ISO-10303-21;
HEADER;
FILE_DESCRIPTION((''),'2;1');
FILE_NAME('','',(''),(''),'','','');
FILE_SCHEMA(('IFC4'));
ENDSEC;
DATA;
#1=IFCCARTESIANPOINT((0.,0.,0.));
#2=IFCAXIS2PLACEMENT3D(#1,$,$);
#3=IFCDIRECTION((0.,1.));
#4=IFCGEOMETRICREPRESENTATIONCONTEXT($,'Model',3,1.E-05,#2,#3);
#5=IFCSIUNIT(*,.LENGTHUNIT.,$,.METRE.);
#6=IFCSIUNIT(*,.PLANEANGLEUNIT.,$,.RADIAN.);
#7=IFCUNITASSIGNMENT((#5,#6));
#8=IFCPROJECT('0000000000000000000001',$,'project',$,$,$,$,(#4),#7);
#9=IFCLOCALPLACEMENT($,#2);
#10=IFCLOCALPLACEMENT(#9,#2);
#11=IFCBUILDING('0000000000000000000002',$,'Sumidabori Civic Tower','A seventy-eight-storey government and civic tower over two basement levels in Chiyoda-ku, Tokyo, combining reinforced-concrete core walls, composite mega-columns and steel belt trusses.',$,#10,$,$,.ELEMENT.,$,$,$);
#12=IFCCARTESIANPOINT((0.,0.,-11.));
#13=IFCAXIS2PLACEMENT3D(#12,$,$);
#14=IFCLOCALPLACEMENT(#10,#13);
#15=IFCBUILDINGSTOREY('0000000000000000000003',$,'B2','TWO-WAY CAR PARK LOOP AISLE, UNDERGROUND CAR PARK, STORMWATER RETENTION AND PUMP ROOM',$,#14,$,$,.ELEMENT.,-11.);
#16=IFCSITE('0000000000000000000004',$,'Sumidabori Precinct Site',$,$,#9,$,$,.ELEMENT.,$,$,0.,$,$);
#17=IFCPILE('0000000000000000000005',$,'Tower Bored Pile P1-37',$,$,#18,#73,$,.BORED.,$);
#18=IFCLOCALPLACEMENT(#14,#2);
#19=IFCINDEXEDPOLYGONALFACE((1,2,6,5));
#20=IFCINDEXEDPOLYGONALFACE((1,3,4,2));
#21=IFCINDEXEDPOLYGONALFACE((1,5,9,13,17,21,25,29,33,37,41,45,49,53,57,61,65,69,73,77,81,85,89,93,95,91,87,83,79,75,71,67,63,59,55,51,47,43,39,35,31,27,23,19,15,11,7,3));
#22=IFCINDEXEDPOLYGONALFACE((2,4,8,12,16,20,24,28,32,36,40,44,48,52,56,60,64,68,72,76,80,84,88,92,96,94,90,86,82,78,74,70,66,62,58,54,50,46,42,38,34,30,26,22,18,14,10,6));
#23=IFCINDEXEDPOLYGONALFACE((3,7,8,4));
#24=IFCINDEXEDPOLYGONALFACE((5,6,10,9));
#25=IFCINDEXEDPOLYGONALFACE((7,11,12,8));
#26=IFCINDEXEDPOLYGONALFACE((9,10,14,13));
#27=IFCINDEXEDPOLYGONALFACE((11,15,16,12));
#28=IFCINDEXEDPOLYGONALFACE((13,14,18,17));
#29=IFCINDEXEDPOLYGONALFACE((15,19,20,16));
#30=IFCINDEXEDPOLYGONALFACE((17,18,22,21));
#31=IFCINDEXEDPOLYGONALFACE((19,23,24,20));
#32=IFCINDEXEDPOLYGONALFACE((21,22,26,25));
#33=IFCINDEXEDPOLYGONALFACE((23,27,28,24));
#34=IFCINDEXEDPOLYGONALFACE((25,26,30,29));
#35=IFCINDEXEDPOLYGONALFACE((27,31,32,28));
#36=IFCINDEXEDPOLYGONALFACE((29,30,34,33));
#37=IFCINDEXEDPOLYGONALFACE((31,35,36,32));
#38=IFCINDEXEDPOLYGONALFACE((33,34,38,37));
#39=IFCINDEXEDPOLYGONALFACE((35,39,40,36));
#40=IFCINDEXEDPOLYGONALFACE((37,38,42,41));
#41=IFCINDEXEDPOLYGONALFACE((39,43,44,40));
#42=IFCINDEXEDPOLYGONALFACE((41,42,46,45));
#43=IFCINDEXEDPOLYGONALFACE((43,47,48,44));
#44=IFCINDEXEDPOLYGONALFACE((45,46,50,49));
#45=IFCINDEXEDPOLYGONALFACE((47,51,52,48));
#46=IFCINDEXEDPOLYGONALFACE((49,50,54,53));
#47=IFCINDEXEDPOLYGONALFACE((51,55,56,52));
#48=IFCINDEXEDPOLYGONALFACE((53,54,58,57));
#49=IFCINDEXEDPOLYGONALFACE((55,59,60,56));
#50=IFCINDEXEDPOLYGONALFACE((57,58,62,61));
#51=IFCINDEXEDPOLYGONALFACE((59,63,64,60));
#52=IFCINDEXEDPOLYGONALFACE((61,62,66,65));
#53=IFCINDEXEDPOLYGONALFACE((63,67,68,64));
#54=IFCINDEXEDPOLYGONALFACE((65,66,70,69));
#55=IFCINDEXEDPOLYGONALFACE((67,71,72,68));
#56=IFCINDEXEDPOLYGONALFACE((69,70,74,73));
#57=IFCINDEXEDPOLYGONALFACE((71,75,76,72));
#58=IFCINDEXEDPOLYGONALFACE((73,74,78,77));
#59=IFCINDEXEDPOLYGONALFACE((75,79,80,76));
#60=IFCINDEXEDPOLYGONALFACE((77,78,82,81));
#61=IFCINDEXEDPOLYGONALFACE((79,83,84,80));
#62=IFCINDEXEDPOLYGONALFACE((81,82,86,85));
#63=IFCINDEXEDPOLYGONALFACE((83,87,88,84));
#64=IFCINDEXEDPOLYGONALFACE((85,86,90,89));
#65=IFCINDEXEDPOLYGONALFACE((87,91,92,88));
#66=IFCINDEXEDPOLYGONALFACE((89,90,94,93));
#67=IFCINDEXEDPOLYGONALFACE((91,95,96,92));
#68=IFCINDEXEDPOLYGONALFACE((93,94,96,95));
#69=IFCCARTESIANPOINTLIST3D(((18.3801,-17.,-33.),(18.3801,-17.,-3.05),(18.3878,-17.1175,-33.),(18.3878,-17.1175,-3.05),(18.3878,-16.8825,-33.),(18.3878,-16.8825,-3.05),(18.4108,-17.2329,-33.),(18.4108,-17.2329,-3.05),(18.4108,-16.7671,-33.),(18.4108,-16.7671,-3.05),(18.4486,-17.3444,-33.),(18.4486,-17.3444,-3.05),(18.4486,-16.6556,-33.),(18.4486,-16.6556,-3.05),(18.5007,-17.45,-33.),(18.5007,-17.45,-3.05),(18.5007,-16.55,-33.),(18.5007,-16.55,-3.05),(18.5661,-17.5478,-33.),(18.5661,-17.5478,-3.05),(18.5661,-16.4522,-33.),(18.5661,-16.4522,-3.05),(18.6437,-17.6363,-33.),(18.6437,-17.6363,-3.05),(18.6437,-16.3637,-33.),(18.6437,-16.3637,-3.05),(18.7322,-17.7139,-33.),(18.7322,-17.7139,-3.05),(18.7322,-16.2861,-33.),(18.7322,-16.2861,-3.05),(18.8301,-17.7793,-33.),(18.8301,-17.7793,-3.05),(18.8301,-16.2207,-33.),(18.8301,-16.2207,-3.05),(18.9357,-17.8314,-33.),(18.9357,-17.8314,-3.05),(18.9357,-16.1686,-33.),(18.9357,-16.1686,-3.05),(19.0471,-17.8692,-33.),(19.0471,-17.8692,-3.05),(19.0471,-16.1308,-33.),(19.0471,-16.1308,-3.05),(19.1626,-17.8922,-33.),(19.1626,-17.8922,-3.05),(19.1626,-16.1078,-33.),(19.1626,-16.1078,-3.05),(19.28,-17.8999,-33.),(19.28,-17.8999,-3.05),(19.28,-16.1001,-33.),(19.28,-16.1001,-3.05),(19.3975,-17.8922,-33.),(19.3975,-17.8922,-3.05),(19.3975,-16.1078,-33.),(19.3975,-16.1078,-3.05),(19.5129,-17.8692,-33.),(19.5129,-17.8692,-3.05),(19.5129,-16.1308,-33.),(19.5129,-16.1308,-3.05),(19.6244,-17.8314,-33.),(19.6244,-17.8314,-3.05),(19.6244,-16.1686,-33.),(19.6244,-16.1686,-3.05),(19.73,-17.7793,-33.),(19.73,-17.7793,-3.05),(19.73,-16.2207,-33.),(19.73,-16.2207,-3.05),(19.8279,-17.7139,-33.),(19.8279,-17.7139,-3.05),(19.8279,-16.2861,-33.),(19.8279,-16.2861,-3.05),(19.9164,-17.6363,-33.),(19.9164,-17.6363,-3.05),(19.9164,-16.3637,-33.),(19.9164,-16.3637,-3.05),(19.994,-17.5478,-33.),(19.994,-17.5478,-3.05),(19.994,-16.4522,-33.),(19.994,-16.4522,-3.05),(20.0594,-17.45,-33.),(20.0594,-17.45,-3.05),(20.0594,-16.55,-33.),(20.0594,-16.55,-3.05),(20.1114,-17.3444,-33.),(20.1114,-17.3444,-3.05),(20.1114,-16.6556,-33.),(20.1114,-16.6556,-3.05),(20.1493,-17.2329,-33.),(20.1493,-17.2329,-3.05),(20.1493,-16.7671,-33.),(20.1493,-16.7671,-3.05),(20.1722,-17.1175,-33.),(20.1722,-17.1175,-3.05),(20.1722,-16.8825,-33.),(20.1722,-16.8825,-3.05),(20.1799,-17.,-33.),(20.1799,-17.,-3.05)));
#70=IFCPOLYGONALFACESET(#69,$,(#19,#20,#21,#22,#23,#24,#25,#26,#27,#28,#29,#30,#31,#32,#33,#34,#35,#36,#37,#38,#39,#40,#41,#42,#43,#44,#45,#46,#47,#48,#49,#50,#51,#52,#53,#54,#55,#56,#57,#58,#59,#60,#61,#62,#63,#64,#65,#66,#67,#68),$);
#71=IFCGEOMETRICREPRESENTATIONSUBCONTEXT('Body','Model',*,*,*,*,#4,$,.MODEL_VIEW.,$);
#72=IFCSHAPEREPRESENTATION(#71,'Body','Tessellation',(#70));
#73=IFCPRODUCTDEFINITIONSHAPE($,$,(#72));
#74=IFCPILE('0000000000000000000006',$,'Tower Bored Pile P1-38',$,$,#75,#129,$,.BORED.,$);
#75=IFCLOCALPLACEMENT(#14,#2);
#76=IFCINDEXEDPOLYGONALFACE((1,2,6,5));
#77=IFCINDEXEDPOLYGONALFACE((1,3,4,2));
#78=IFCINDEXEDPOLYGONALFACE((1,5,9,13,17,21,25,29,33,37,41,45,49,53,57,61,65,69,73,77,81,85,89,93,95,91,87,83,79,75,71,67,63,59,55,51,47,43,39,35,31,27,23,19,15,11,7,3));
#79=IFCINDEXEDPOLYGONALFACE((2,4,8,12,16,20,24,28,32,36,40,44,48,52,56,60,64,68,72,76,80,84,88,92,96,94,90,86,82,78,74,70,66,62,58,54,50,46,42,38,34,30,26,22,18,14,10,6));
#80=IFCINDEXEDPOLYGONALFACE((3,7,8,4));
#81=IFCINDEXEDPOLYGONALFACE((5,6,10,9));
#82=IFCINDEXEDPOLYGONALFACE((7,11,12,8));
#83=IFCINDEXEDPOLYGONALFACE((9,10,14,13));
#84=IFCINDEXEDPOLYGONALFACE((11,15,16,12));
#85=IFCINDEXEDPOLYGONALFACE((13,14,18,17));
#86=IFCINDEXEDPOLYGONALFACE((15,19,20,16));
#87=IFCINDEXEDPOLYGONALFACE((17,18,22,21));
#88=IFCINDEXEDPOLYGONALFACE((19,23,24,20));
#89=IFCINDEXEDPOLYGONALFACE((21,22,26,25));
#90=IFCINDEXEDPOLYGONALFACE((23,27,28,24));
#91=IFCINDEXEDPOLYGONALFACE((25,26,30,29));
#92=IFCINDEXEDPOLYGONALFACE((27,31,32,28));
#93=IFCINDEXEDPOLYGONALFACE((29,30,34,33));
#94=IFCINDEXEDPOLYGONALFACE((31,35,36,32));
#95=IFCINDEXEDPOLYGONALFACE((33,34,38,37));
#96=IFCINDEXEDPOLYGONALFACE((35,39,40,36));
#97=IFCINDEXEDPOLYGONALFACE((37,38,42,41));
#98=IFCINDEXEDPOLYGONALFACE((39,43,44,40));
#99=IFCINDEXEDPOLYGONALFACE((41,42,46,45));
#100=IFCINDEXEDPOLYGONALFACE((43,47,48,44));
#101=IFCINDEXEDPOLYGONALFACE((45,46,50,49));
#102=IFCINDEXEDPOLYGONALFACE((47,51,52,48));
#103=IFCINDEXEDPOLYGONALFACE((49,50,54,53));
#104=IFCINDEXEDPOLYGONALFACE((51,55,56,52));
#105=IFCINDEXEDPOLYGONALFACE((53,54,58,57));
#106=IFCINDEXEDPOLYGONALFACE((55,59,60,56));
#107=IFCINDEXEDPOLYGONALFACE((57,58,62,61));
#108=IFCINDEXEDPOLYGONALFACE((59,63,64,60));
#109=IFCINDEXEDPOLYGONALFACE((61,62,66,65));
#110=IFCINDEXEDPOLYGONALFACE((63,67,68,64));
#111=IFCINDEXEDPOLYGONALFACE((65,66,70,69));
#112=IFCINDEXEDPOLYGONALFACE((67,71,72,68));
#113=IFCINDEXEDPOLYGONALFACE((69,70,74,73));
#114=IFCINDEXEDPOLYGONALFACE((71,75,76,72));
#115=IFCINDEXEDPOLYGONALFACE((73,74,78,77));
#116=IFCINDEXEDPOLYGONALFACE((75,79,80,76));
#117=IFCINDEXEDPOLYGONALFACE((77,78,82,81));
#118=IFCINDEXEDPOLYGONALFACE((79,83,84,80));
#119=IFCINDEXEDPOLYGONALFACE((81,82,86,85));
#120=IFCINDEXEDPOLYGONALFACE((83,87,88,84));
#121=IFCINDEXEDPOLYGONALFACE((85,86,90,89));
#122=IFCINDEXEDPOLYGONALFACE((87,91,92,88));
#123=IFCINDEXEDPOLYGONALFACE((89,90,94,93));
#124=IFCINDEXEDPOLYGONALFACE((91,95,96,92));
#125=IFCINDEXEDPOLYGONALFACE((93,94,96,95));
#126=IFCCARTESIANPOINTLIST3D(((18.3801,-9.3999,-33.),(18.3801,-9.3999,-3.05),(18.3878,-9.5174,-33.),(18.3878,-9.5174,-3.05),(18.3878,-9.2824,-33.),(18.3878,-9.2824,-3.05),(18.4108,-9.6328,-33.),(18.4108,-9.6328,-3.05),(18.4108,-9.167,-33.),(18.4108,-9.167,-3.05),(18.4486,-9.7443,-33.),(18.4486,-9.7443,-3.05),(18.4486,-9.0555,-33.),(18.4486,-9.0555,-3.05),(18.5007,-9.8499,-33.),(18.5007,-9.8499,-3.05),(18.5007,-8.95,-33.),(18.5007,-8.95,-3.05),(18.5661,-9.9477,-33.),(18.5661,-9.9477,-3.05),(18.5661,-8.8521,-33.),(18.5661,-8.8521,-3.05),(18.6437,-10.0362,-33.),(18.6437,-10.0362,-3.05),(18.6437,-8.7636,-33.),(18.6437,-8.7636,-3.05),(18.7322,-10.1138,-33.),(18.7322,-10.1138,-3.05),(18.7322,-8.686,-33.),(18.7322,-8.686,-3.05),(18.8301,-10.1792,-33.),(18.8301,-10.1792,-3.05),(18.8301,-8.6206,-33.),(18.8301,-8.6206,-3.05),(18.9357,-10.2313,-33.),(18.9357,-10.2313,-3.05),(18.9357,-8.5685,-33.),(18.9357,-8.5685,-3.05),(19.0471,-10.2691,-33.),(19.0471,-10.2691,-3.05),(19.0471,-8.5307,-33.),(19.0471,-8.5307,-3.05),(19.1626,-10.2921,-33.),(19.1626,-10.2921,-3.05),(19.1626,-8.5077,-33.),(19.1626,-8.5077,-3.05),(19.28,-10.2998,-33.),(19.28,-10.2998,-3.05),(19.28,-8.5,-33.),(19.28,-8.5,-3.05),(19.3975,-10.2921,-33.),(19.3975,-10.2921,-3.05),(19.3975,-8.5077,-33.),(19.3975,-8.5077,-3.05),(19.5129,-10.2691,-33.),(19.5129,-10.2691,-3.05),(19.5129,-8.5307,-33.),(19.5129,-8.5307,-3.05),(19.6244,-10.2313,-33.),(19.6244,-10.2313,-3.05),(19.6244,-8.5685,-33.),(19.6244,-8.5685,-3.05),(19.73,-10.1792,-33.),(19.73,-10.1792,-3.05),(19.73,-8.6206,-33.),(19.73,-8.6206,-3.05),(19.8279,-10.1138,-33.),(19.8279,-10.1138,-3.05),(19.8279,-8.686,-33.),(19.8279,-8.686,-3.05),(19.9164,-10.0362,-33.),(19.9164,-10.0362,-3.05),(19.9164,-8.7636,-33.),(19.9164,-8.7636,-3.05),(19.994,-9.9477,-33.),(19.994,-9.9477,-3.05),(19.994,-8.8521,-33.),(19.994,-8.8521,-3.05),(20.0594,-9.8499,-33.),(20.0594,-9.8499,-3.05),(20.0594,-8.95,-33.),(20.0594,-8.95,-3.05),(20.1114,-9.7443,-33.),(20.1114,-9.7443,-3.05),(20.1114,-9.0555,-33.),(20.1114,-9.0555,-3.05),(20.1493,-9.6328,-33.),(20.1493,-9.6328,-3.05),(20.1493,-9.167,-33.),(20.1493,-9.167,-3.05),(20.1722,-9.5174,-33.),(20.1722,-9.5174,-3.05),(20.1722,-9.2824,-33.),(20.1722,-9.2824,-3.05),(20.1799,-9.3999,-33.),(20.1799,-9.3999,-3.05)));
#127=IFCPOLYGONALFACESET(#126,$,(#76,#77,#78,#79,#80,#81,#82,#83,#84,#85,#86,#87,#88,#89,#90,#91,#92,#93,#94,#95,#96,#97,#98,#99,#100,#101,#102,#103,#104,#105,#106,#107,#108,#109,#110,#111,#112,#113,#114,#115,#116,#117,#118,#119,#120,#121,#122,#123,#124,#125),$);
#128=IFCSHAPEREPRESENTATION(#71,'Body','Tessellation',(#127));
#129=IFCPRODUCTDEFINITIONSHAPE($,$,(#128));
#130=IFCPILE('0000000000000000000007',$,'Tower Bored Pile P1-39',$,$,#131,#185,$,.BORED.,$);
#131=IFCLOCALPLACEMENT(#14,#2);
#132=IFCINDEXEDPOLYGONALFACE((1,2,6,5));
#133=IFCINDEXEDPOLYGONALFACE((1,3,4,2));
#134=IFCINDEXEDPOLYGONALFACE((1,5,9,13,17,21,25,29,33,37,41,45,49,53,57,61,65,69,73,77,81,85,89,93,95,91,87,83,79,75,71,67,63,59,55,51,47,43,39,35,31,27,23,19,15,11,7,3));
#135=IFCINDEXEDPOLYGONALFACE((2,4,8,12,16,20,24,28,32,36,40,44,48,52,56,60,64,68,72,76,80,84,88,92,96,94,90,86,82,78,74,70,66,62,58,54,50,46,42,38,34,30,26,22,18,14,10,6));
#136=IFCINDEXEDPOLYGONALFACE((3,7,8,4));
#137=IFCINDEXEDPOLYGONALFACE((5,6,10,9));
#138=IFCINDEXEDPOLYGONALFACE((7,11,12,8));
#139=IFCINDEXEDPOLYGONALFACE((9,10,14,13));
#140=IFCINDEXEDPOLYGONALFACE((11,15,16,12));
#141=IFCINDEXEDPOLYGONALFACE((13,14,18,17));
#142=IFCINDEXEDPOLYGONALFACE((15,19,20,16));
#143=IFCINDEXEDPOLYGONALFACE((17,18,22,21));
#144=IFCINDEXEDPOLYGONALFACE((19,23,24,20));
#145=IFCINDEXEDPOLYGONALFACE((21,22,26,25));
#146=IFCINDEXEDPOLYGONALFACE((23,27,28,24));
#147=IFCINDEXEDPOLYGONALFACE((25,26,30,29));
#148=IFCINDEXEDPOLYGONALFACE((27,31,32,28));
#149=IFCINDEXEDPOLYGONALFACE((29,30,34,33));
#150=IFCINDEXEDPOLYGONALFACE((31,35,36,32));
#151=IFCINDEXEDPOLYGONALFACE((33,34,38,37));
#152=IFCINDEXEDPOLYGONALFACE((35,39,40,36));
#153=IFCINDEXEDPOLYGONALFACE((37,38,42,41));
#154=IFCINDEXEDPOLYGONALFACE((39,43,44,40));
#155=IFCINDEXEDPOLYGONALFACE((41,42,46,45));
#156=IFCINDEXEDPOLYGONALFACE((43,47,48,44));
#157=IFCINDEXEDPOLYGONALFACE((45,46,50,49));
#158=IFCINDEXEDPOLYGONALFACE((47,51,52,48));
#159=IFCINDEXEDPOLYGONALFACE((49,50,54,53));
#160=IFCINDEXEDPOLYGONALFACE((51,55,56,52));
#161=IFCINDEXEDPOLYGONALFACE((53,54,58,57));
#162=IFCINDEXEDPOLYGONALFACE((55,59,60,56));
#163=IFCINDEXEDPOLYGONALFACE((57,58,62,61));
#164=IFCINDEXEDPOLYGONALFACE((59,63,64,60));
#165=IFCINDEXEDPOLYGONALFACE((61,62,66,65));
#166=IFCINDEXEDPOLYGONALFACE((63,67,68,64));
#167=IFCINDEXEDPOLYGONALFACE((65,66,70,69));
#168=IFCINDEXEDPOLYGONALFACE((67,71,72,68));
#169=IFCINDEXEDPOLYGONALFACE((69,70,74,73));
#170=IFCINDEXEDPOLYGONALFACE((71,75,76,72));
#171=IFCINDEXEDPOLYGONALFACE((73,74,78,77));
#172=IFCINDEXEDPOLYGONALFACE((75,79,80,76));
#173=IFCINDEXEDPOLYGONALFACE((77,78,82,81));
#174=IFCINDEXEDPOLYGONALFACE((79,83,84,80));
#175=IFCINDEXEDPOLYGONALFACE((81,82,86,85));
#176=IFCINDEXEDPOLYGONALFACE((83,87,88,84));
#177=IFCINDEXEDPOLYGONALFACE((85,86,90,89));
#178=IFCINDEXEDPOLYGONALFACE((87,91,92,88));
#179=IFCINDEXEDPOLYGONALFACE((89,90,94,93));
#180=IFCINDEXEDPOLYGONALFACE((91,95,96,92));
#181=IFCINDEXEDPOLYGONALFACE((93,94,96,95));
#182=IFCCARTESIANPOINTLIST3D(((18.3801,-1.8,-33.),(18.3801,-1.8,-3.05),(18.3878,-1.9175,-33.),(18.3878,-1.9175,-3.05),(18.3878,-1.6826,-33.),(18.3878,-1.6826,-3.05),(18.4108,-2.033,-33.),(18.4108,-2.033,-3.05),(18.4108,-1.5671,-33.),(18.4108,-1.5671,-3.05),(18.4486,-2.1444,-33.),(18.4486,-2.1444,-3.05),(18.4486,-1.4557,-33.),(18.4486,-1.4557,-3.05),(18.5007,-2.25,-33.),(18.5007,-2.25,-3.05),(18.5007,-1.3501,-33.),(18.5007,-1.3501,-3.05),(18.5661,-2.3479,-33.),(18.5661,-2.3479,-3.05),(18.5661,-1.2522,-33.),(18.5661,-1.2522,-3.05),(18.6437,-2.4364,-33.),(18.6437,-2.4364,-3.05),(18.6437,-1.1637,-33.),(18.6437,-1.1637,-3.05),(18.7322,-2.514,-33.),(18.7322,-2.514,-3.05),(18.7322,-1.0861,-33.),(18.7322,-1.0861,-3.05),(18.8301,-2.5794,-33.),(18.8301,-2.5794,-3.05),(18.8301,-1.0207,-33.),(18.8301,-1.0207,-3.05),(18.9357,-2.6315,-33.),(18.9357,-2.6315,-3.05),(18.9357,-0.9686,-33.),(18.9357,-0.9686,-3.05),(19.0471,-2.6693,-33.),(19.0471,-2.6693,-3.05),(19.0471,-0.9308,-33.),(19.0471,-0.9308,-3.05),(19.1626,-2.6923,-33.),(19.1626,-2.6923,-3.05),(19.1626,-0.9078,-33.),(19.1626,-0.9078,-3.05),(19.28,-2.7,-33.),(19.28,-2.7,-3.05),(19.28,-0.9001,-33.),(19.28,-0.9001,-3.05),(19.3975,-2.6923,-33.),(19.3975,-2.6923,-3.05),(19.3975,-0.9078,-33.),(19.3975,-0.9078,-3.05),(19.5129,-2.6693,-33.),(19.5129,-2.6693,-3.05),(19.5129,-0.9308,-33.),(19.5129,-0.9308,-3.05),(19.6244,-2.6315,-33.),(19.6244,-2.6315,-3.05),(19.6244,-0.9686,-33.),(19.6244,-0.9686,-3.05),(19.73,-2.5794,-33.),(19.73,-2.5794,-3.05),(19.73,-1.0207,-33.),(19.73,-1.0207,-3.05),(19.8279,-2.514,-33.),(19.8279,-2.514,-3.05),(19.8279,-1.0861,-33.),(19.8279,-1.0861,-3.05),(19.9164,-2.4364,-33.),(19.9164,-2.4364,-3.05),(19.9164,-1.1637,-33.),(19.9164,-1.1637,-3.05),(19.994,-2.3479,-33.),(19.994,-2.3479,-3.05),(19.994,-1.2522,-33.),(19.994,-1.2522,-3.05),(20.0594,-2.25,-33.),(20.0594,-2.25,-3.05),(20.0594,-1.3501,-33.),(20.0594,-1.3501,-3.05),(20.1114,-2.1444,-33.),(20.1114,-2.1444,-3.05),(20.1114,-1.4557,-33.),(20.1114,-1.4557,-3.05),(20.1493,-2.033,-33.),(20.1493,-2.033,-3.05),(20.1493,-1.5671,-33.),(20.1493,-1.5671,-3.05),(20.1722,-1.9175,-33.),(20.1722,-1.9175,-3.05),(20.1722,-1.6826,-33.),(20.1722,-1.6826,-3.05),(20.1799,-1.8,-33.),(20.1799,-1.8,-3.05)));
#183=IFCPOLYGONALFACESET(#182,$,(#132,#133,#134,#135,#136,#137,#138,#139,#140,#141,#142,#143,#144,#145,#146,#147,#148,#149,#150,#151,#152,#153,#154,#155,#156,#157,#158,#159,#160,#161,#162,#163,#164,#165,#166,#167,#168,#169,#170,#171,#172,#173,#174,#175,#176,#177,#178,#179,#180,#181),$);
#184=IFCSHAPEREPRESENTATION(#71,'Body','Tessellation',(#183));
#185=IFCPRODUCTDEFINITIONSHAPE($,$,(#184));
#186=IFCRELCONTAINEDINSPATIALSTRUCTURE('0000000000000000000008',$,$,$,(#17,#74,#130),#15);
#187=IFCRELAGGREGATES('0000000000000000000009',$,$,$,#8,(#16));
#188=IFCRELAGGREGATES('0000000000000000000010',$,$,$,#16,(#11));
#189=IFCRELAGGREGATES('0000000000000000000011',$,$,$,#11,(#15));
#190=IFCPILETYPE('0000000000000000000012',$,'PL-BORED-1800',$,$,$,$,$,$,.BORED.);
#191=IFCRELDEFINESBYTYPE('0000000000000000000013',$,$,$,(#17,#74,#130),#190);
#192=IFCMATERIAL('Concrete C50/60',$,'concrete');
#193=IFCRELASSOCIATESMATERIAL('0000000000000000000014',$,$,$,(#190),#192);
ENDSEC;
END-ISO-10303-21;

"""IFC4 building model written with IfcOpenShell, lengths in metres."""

from ifc_helpers import new_model, si_unit, direction, frame, origin, origin_2d, place, context, subcontext, project, spatial, circle, extrude, source, transform, mapped, material, material_profile, profile_set, type_object, element, save


model = new_model("IFC4")

# Units and contexts
model_context = context("Model", 3, precision=1e-05, world=origin(), true_north=direction((0.0, 1.0)))
body_context = subcontext(model_context, "Body", "Model", "MODEL_VIEW")
ifc_project = project(units=[si_unit("LENGTHUNIT", "METRE"), si_unit("PLANEANGLEUNIT", "RADIAN")], contexts=[model_context])

# Site, building, storey
site_placement = place(None, origin())
site = spatial("IfcSite", under=ifc_project, at=site_placement, Name="Sumidabori Precinct Site", CompositionType="ELEMENT", RefElevation=0.0)
building_placement = place(site_placement, origin())
building = spatial("IfcBuilding", under=site, at=building_placement, Name="Sumidabori Civic Tower", Description="A seventy-eight-storey government and civic tower over two basement levels in Chiyoda-ku, Tokyo, combining reinforced-concrete core walls, composite mega-columns and steel belt trusses.", CompositionType="ELEMENT")
storey_placement = place(building_placement, frame((0.0, 0.0, -11.0)))
storey = spatial("IfcBuildingStorey", under=building, at=storey_placement, Name="B2", Description="TWO-WAY CAR PARK LOOP AISLE, UNDERGROUND CAR PARK, STORMWATER RETENTION AND PUMP ROOM", CompositionType="ELEMENT", Elevation=-11.0)

# Piles
ifc_material_1 = material(Name="Concrete C50/60", Category="concrete")
ifc_material_profile_1 = material_profile(ifc_material_1, circle(Radius=0.8999, at=origin_2d()), Name="BORED PILE 1800")
ifc_profile_set_1 = profile_set([ifc_material_profile_1], Name="Concrete C50/60")
pile_type_1 = type_object("IfcPileType", Name="PL-BORED-1800", PredefinedType="BORED", material=ifc_profile_set_1)
shared_shape_1 = source(origin(), body_context, "Body", "SweptSolid", [
    extrude(circle(Radius=0.8999, at=origin_2d()), origin(), (0.0, 0.0, 1.0), 29.95),
])
for number, where, z_axis, x_axis, name in (
    (1, (19.28, -17.0, -3.05), (0.0, 0.0, -1.0), (1.0, 0.0, 0.0), "Tower Bored Pile P1-37"),
    (2, (19.28, -9.3999, -3.05), (0.0, 0.0, -1.0), (1.0, 0.0, 0.0), "Tower Bored Pile P1-38"),
    (3, (19.28, -1.8, -3.05), (0.0, 0.0, -1.0), (1.0, 0.0, 0.0), "Tower Bored Pile P1-39"),
):
    element("IfcPile", number, at=place(storey_placement, frame(where, z_axis=z_axis, x_axis=x_axis)), inside=storey, type_object=pile_type_1, Name=name, PredefinedType="BORED", context=body_context, shape_type="MappedRepresentation", body=[
        mapped(shared_shape_1, transform((0.0, 0.0, 0.0), x_axis=(1.0, 0.0, 0.0), y_axis=(0.0, 1.0, 0.0), z_axis=(0.0, 0.0, 1.0), scale=1.0)),
    ])

save(model, "model.ifc")
